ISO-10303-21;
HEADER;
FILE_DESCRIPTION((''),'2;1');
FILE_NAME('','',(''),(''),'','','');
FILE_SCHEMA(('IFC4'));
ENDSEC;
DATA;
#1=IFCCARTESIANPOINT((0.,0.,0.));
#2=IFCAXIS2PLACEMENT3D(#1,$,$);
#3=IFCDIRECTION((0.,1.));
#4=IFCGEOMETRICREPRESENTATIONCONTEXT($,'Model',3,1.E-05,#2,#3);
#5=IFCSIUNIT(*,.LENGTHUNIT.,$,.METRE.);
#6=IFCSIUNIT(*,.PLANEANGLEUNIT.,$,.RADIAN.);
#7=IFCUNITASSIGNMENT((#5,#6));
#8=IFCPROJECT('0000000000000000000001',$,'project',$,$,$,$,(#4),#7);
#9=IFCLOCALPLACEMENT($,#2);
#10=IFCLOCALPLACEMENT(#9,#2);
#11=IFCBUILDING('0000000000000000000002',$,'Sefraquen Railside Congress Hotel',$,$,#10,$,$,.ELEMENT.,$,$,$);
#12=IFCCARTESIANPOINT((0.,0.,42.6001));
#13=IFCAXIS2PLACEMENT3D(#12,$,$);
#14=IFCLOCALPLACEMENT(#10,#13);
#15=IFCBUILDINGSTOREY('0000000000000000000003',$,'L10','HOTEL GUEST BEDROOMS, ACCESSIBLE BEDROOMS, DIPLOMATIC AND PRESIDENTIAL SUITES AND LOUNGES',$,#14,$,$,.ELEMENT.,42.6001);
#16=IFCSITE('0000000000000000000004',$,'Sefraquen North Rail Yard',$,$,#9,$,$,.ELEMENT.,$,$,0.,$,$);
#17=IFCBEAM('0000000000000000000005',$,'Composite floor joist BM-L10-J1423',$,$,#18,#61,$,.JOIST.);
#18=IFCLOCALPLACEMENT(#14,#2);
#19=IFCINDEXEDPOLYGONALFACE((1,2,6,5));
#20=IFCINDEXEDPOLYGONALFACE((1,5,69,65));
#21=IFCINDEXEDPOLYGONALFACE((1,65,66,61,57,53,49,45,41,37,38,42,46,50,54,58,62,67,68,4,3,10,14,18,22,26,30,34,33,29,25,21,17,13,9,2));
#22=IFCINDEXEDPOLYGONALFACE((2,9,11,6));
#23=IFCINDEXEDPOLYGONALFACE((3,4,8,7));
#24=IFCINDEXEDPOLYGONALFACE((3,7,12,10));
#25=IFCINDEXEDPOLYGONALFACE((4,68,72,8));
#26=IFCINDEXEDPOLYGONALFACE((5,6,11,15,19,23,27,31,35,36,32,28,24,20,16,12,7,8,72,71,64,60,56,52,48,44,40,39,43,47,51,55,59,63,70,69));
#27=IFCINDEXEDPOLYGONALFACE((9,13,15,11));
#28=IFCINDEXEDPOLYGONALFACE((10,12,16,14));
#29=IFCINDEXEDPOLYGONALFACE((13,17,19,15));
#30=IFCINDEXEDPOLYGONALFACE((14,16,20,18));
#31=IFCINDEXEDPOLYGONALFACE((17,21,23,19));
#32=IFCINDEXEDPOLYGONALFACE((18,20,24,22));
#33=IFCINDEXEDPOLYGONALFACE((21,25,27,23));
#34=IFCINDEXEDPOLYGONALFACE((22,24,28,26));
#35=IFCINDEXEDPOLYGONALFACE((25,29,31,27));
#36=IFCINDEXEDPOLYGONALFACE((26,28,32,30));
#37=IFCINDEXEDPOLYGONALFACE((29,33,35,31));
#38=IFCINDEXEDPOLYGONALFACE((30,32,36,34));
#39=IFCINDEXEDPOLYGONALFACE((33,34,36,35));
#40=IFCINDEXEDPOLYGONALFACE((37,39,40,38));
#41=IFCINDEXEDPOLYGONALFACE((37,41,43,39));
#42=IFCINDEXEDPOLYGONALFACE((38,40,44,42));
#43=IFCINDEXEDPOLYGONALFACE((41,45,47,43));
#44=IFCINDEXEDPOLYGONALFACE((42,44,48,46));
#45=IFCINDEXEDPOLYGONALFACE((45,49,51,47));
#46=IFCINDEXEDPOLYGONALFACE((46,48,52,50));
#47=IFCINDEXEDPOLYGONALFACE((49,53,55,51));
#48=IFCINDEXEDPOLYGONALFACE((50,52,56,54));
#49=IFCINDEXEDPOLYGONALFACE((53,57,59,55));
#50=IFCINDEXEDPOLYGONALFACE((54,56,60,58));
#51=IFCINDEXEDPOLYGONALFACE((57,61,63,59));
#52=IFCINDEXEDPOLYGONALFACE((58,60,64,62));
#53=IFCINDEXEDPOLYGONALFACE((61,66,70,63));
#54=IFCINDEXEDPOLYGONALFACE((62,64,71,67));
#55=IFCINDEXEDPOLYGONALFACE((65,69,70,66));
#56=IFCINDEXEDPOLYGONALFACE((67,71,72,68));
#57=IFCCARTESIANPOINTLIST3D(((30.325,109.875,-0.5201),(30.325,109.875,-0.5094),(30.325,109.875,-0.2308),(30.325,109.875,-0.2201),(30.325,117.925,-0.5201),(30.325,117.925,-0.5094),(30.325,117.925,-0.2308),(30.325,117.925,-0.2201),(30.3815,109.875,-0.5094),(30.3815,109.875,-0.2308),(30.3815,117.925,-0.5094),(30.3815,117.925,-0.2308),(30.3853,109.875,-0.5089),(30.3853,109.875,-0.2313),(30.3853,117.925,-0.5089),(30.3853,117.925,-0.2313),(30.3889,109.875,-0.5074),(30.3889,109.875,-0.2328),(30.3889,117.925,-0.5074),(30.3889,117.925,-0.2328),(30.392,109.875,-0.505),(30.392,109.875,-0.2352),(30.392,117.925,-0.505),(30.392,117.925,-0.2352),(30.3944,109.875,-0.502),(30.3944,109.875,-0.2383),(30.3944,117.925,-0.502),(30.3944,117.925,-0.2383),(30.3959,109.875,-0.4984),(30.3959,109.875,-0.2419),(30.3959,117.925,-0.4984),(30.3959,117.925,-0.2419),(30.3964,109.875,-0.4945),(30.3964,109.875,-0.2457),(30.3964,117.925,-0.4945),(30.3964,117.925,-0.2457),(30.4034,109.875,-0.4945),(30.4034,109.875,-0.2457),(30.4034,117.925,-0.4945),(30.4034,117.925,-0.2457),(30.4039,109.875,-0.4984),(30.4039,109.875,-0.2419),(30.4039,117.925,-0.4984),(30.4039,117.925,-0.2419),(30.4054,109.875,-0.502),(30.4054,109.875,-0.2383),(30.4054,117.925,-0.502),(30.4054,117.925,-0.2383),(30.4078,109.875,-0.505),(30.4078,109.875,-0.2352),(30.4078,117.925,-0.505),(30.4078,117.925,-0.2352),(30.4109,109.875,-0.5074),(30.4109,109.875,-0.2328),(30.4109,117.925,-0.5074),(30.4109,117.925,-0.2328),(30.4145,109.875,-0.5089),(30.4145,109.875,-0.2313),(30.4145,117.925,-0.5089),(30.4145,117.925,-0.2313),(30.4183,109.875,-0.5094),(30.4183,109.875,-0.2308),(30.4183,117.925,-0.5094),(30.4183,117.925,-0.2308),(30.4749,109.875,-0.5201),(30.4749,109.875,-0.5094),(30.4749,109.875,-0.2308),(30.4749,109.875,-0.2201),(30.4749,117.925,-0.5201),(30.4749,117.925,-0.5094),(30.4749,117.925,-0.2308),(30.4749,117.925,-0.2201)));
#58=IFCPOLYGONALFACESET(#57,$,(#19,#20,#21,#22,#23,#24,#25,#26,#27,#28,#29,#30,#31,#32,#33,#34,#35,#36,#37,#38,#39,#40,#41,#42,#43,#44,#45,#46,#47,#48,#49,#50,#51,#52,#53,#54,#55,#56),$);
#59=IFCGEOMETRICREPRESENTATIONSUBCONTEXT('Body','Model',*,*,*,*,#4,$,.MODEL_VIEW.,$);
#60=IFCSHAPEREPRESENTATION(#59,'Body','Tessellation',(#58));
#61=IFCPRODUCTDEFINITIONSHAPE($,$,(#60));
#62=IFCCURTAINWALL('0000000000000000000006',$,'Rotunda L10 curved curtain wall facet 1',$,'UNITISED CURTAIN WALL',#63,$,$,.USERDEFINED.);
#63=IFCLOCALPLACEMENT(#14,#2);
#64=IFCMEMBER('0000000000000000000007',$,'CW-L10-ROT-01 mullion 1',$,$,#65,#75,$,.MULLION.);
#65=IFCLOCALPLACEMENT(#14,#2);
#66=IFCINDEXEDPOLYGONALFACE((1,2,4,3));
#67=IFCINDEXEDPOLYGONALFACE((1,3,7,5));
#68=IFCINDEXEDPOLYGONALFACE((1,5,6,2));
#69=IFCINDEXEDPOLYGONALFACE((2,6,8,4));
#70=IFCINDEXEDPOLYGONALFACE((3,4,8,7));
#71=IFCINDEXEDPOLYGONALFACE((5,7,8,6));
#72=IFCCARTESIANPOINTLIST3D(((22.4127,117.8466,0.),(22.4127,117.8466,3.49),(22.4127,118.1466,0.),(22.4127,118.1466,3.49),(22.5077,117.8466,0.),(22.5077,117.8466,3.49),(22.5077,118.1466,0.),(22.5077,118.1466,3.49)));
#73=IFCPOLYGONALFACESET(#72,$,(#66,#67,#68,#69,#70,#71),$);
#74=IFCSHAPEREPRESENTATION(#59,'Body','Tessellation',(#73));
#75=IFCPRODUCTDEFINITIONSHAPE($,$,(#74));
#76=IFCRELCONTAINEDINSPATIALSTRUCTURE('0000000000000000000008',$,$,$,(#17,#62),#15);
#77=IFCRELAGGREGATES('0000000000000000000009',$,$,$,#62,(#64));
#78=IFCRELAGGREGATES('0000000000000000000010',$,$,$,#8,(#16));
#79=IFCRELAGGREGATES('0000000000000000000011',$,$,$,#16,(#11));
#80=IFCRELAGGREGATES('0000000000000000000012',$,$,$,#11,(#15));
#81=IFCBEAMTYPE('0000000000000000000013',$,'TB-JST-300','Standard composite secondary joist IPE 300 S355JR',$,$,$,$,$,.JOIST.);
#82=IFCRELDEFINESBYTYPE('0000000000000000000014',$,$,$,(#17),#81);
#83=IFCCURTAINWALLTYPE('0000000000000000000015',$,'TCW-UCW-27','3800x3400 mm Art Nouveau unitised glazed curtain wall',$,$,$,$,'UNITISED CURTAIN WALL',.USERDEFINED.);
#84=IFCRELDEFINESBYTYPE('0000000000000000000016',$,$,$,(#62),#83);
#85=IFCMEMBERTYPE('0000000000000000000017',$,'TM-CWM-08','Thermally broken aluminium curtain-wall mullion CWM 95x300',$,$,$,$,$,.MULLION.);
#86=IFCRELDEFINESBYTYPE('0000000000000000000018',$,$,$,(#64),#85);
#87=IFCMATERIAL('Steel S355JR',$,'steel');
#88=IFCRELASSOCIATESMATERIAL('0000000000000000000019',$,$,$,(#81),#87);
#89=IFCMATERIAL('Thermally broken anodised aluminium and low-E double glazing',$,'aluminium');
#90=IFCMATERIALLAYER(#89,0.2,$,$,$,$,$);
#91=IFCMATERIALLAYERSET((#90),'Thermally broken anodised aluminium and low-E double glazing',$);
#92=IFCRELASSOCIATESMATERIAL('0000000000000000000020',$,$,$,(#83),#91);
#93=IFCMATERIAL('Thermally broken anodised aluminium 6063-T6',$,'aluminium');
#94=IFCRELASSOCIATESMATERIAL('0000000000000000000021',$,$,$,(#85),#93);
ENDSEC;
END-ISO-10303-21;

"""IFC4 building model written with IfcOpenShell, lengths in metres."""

from ifc_helpers import new_model, si_unit, direction, frame, origin, origin_2d, place, context, subcontext, project, spatial, rectangle, i_section, extrude, material, layer, layer_set, material_profile, profile_set, type_object, element, aggregate, save


model = new_model("IFC4")

# Units and contexts
model_context = context("Model", 3, precision=1e-05, world=origin(), true_north=direction((0.0, 1.0)))
body_context = subcontext(model_context, "Body", "Model", "MODEL_VIEW")
ifc_project = project(units=[si_unit("LENGTHUNIT", "METRE"), si_unit("PLANEANGLEUNIT", "RADIAN")], contexts=[model_context])

# Site, building, storey
site_placement = place(None, origin())
site = spatial("IfcSite", under=ifc_project, at=site_placement, Name="Sefraquen North Rail Yard", CompositionType="ELEMENT", RefElevation=0.0)
building_placement = place(site_placement, origin())
building = spatial("IfcBuilding", under=site, at=building_placement, Name="Sefraquen Railside Congress Hotel", CompositionType="ELEMENT")
storey_placement = place(building_placement, frame((0.0, 0.0, 42.6001)))
storey = spatial("IfcBuildingStorey", under=building, at=storey_placement, Name="L10", Description="HOTEL GUEST BEDROOMS, ACCESSIBLE BEDROOMS, DIPLOMATIC AND PRESIDENTIAL SUITES AND LOUNGES", CompositionType="ELEMENT", Elevation=42.6001)

# Beam
ifc_material_1 = material(Name="Steel S355JR", Category="steel")
ifc_material_profile_1 = material_profile(ifc_material_1, i_section(OverallWidth=0.1499, OverallDepth=0.3, WebThickness=0.0071, FlangeThickness=0.0107, FilletRadius=0.0149, at=origin_2d()), Name="IPE 300")
ifc_profile_set_1 = profile_set([ifc_material_profile_1], Name="Steel S355JR")
beam_type = type_object("IfcBeamType", Name="TB-JST-300", Description="Standard composite secondary joist IPE 300 S355JR", PredefinedType="JOIST", material=ifc_profile_set_1)
beam_placement = place(storey_placement, frame((30.3999, 109.875, -0.3701), z_axis=(0.0, 1.0, 0.0), x_axis=(-1.0, 0.0, 0.0)))
element("IfcBeam", 1, at=beam_placement, inside=storey, type_object=beam_type, Name="Composite floor joist BM-L10-J1423", PredefinedType="JOIST", context=body_context, shape_type="SweptSolid", body=[
    extrude(i_section(OverallWidth=0.1499, OverallDepth=0.3, WebThickness=0.0071, FlangeThickness=0.0107, FilletRadius=0.0149, at=origin_2d()), origin(), (0.0, 0.0, 1.0), 8.05),
])

# Curtain wall, member
ifc_material_2 = material(Name="Thermally broken anodised aluminium and low-E double glazing", Category="aluminium")
ifc_layer_1 = layer(ifc_material_2, 0.2)
ifc_layer_set_1 = layer_set([ifc_layer_1], Name="Thermally broken anodised aluminium and low-E double glazing")
curtain_wall_type = type_object("IfcCurtainWallType", Name="TCW-UCW-27", Description="3800x3400 mm Art Nouveau unitised glazed curtain wall", ElementType="UNITISED CURTAIN WALL", PredefinedType="USERDEFINED", material=ifc_layer_set_1)
curtain_wall_placement = place(storey_placement, origin())
curtain_wall = element("IfcCurtainWall", 2, at=curtain_wall_placement, inside=storey, type_object=curtain_wall_type, Name="Rotunda L10 curved curtain wall facet 1", ObjectType="UNITISED CURTAIN WALL", PredefinedType="USERDEFINED")
ifc_material_3 = material(Name="Thermally broken anodised aluminium 6063-T6", Category="aluminium")
ifc_material_profile_2 = material_profile(ifc_material_3, rectangle(XDim=0.095, YDim=0.3, at=origin_2d()), Name="CWM 95x300")
ifc_profile_set_2 = profile_set([ifc_material_profile_2], Name="Thermally broken anodised aluminium 6063-T6")
member_type = type_object("IfcMemberType", Name="TM-CWM-08", Description="Thermally broken aluminium curtain-wall mullion CWM 95x300", PredefinedType="MULLION", material=ifc_profile_set_2)
member_placement = place(storey_placement, frame((22.4602, 117.9966, 0.0), z_axis=(0.0, 0.0, 1.0), x_axis=(1.0, 0.0, 0.0)))
member = element("IfcMember", 3, at=member_placement, type_object=member_type, Name="CW-L10-ROT-01 mullion 1", PredefinedType="MULLION", context=body_context, shape_type="SweptSolid", body=[
    extrude(rectangle(XDim=0.095, YDim=0.3, at=origin_2d()), origin(), (0.0, 0.0, 1.0), 3.49),
])
aggregate(curtain_wall, [member])

save(model, "model.ifc")
